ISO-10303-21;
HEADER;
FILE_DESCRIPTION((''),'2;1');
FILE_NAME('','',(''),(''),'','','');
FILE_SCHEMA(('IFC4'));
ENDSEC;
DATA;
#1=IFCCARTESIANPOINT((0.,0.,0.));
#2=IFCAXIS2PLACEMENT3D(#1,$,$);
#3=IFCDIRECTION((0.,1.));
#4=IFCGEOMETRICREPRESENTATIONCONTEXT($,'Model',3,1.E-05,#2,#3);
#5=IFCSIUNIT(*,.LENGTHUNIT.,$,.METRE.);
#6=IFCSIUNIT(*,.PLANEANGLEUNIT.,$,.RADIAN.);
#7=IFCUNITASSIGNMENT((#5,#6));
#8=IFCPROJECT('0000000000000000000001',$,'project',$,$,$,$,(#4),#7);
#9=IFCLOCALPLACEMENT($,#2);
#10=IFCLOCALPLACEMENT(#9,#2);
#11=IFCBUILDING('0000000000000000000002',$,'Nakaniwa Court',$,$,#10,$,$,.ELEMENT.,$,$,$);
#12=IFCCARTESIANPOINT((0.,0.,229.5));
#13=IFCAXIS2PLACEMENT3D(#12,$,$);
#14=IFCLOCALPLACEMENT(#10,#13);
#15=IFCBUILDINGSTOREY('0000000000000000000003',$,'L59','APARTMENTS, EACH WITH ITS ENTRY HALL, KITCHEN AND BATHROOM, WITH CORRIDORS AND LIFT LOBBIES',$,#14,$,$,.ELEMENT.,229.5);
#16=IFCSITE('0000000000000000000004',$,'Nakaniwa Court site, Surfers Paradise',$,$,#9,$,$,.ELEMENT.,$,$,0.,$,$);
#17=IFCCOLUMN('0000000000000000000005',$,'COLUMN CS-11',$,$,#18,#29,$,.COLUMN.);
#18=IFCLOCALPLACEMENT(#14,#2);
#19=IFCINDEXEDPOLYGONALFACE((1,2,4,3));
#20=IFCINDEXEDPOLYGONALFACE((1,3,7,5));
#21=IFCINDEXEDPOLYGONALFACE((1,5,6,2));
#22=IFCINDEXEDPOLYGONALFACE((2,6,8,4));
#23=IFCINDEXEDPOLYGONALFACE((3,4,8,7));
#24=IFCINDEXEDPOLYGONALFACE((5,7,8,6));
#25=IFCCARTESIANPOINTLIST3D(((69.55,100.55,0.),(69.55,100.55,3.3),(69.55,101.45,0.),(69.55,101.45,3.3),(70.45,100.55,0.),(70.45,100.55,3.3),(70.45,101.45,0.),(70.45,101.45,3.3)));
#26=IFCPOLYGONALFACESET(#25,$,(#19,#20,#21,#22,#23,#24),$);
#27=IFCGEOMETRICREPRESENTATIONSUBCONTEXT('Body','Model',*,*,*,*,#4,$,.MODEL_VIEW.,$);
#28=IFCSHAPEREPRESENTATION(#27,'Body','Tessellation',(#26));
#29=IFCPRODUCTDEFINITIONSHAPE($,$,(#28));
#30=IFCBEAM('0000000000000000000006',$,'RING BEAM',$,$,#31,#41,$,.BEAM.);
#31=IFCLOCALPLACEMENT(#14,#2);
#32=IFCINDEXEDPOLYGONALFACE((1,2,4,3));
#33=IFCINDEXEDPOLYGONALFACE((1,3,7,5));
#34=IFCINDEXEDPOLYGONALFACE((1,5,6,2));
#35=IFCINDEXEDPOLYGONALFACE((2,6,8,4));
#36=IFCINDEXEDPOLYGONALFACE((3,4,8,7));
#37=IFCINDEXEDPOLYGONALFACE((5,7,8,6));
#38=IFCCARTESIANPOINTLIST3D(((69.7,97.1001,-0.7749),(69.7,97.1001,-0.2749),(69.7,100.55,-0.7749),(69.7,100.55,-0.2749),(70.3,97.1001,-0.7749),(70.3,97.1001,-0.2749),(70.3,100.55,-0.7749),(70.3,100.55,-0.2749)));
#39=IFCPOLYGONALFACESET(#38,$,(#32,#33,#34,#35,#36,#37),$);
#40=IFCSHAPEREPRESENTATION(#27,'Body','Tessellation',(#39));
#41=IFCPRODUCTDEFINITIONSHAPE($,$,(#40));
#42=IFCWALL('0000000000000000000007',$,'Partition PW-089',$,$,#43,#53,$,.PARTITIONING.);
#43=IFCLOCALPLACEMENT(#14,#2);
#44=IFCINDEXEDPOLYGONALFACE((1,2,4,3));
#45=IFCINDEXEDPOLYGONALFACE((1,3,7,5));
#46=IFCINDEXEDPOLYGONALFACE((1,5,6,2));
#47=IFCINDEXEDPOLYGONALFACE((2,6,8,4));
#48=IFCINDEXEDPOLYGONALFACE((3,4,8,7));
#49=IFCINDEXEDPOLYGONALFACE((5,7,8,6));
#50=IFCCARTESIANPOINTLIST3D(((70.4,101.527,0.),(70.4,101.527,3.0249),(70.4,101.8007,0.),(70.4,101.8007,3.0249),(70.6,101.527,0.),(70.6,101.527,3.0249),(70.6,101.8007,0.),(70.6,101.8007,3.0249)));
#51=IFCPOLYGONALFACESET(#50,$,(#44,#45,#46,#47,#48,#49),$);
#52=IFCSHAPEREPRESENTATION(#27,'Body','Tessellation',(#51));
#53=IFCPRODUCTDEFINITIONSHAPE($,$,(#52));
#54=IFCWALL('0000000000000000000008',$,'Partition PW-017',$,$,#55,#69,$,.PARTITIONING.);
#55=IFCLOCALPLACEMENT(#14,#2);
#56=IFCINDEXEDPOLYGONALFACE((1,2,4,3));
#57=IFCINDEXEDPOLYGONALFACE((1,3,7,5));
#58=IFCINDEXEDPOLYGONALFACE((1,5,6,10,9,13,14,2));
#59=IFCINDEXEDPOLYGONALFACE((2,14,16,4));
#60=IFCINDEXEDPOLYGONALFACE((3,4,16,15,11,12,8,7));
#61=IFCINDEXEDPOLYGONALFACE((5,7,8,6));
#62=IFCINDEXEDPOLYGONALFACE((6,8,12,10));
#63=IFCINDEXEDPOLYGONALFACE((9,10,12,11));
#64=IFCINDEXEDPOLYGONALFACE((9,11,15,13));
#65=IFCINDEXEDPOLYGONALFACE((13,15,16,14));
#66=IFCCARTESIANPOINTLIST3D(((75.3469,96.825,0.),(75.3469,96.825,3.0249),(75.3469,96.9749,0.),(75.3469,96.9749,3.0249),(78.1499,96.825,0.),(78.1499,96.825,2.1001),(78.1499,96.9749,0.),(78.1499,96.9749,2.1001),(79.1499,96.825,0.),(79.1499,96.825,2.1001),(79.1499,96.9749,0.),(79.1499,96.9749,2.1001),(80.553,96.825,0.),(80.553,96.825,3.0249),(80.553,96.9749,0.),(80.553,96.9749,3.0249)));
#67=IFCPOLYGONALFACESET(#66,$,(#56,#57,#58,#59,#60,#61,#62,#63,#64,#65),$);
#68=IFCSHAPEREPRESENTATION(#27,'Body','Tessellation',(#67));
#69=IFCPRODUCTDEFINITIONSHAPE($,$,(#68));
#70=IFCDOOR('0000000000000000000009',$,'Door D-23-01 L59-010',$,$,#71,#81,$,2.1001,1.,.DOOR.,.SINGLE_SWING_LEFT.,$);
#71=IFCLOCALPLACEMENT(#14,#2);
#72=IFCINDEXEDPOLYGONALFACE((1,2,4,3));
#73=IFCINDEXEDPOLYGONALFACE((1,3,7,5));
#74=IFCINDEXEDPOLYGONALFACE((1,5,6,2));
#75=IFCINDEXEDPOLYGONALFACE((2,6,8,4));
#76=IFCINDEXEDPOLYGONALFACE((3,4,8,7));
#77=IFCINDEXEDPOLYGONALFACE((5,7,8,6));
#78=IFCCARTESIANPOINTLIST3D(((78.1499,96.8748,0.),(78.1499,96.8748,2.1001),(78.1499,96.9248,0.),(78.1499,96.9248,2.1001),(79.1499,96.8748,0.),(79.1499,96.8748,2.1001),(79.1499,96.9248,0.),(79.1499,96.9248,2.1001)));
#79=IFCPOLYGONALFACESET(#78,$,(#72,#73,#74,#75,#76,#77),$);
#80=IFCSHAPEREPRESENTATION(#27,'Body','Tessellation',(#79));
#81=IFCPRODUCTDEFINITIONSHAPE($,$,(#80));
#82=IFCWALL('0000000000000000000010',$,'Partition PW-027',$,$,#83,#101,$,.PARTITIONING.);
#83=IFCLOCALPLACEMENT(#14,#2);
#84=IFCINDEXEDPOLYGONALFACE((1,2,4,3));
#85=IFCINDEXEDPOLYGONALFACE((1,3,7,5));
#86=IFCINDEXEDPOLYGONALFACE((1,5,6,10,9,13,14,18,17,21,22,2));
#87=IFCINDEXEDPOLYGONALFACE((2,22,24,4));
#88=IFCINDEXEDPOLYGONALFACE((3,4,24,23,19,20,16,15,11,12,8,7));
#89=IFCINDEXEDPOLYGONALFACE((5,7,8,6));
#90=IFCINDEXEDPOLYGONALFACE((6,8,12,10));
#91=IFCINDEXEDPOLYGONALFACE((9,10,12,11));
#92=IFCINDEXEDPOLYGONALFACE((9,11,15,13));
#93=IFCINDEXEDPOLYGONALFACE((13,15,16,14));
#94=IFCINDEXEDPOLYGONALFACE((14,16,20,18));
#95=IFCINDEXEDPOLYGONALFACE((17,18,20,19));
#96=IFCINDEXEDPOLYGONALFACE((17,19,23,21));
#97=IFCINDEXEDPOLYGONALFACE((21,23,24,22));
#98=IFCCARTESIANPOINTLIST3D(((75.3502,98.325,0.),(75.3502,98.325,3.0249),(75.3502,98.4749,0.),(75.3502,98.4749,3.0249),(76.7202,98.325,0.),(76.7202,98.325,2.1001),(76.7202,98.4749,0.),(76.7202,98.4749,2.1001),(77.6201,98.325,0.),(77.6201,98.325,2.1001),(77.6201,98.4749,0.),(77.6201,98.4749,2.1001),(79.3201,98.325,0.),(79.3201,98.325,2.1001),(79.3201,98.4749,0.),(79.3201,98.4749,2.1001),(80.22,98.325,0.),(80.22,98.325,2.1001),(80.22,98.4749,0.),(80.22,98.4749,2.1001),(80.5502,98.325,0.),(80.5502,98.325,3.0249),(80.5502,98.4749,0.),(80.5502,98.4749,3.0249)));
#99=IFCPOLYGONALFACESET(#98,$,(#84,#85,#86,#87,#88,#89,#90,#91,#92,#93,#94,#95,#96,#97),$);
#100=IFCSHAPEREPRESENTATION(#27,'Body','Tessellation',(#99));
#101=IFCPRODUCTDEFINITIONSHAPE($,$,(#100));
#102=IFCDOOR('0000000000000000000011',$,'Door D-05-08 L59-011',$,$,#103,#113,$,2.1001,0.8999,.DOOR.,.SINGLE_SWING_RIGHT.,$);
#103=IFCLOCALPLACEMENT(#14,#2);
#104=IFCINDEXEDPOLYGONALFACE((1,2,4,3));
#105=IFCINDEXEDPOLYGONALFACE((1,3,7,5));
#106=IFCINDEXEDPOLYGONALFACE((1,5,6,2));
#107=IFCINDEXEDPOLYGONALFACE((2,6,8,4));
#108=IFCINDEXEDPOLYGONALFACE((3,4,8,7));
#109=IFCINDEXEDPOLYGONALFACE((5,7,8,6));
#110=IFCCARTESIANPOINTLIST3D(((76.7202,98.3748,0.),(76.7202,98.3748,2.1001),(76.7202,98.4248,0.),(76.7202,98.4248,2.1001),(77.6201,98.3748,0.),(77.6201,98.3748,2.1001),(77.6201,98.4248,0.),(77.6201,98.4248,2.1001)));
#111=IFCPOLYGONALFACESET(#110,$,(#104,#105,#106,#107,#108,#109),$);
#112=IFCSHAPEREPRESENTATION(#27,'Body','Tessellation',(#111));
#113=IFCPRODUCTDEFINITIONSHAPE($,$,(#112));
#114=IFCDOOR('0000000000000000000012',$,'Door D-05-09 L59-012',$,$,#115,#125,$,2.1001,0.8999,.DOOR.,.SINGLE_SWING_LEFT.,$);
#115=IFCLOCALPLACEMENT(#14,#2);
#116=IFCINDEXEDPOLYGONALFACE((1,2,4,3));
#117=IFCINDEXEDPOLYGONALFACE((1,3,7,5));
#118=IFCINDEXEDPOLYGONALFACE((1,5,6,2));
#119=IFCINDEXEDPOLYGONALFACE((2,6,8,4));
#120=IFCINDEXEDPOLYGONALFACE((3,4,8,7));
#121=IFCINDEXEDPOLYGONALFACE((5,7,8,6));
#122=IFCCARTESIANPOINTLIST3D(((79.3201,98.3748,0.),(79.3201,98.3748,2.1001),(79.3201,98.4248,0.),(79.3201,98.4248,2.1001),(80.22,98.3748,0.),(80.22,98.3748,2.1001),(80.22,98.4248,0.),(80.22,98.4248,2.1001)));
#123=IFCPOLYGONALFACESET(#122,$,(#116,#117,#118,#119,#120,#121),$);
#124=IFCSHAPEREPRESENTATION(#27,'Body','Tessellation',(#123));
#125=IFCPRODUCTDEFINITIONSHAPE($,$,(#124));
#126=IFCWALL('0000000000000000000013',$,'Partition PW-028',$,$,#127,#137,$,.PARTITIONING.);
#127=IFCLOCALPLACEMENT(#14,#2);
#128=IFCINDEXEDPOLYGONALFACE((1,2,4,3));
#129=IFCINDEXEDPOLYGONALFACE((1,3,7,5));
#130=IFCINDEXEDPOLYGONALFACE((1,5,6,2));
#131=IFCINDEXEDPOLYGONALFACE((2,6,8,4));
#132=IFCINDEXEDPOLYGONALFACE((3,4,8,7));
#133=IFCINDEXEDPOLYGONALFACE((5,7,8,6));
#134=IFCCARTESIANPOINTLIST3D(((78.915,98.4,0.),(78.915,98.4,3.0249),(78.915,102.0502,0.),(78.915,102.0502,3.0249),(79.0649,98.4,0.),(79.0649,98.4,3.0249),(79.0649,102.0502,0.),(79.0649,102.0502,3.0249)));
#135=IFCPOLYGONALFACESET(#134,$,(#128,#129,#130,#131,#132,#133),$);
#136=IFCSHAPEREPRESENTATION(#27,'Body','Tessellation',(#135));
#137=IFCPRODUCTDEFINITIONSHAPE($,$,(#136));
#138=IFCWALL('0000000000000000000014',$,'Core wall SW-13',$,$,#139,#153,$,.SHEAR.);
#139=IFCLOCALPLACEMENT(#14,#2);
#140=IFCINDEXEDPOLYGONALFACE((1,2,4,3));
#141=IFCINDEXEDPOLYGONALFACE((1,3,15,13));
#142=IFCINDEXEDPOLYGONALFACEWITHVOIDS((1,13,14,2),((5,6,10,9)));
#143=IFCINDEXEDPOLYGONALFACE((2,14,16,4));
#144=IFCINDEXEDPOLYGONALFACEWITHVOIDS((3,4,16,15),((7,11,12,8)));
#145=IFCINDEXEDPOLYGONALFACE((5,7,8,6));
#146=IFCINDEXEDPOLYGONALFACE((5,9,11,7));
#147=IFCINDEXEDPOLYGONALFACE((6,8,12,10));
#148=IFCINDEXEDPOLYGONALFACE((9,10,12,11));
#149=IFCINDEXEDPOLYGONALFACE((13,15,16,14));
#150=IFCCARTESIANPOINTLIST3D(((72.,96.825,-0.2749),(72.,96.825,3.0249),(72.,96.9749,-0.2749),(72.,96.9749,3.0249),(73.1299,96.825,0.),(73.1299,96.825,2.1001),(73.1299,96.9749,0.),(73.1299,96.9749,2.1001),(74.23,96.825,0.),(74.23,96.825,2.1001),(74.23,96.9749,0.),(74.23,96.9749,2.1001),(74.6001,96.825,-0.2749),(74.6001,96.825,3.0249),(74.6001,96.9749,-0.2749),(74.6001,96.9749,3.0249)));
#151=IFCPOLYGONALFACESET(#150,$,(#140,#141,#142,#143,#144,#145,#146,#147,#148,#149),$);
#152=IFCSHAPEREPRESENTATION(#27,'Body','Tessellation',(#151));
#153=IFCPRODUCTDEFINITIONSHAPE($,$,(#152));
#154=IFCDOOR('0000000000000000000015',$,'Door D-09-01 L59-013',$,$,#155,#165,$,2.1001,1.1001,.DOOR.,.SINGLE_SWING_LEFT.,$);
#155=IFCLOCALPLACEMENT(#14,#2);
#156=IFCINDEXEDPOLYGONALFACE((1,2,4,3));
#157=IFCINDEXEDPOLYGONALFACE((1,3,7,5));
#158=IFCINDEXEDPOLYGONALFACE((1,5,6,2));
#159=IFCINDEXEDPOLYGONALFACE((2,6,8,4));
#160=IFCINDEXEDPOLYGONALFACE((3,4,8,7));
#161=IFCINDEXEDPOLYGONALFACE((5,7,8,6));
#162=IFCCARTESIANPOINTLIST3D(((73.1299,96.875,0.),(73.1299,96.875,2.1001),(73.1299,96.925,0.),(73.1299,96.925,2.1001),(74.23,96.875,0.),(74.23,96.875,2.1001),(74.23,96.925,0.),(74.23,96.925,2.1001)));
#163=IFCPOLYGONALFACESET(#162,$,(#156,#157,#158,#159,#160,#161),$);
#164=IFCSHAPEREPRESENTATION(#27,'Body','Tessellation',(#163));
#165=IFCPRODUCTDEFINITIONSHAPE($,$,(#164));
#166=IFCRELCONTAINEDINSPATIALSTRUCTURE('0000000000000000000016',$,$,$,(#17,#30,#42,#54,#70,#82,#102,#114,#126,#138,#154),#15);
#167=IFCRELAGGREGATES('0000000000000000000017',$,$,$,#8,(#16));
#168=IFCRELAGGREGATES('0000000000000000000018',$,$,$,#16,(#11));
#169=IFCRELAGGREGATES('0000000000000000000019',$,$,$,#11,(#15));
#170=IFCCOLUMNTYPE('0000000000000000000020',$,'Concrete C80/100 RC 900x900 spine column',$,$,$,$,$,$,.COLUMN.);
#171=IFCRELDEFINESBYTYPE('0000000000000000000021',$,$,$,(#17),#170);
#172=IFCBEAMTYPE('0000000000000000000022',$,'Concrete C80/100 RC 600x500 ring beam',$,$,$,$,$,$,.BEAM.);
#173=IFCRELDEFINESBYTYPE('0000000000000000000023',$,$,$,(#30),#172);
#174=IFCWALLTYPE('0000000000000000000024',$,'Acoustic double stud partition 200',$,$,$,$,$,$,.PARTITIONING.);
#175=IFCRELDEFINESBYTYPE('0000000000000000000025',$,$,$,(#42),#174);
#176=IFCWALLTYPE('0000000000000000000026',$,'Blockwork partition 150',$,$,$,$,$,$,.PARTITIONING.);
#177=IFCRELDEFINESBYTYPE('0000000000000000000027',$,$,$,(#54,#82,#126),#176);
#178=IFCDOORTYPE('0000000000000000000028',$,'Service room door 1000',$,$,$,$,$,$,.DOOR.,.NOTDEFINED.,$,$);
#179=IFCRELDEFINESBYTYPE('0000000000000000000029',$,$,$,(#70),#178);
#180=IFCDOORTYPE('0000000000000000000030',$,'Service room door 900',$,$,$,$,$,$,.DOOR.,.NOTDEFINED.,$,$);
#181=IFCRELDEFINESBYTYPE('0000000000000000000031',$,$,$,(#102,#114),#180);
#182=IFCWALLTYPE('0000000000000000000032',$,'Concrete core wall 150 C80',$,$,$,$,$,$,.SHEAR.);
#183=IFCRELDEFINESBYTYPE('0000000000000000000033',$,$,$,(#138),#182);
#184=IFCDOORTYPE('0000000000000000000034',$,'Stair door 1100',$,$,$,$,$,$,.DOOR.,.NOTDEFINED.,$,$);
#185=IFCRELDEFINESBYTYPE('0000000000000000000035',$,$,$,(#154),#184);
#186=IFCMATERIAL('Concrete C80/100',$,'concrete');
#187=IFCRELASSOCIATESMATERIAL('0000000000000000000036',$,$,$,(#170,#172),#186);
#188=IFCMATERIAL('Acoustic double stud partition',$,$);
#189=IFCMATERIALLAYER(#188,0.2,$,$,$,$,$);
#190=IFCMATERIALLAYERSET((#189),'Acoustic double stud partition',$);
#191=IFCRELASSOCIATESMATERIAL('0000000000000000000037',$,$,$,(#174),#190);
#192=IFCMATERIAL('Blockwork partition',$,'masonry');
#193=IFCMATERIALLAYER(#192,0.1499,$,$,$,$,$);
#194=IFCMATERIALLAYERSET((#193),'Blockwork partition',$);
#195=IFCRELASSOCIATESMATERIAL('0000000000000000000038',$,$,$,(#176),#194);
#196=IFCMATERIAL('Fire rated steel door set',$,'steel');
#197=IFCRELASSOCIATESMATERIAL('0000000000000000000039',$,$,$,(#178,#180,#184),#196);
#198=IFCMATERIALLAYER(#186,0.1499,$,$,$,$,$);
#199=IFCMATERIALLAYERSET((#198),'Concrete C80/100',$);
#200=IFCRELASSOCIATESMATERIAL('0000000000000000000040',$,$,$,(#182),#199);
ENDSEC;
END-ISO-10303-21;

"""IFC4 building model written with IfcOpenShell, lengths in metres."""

from ifc_helpers import new_model, si_unit, direction, frame, frame_2d, origin, origin_2d, place, context, subcontext, project, spatial, rectangle, extrude, material, layer, layer_set, material_profile, profile_set, type_object, element, fill, save


model = new_model("IFC4")

# Units and contexts
model_context = context("Model", 3, precision=1e-05, world=origin(), true_north=direction((0.0, 1.0)))
body_context = subcontext(model_context, "Body", "Model", "MODEL_VIEW")
ifc_project = project(units=[si_unit("LENGTHUNIT", "METRE"), si_unit("PLANEANGLEUNIT", "RADIAN")], contexts=[model_context])

# Site, building, storey
site_placement = place(None, origin())
site = spatial("IfcSite", under=ifc_project, at=site_placement, Name="Nakaniwa Court site, Surfers Paradise", CompositionType="ELEMENT", RefElevation=0.0)
building_placement = place(site_placement, origin())
building = spatial("IfcBuilding", under=site, at=building_placement, Name="Nakaniwa Court", CompositionType="ELEMENT")
storey_placement = place(building_placement, frame((0.0, 0.0, 229.5)))
storey = spatial("IfcBuildingStorey", under=building, at=storey_placement, Name="L59", Description="APARTMENTS, EACH WITH ITS ENTRY HALL, KITCHEN AND BATHROOM, WITH CORRIDORS AND LIFT LOBBIES", CompositionType="ELEMENT", Elevation=229.5)

# Column
ifc_material_1 = material(Name="Concrete C80/100", Category="concrete")
ifc_material_profile_1 = material_profile(ifc_material_1, rectangle(XDim=0.8999, YDim=0.8999, at=origin_2d()), Name="Concrete C80/100 RC 900x900 spine column")
ifc_profile_set_1 = profile_set([ifc_material_profile_1], Name="Concrete C80/100")
column_type = type_object("IfcColumnType", Name="Concrete C80/100 RC 900x900 spine column", PredefinedType="COLUMN", material=ifc_profile_set_1)
column_placement = place(storey_placement, frame((70.0, 101.0, 0.0), z_axis=(0.0, 0.0, 1.0), x_axis=(0.0, -1.0, 0.0)))
element("IfcColumn", 1, at=column_placement, inside=storey, type_object=column_type, Name="COLUMN CS-11", PredefinedType="COLUMN", context=body_context, shape_type="SweptSolid", body=[
    extrude(rectangle(XDim=0.8999, YDim=0.8999, at=origin_2d()), origin(), (0.0, 0.0, 1.0), 3.3),
])

# Beam
ifc_material_profile_2 = material_profile(ifc_material_1, rectangle(XDim=0.6001, YDim=0.5, at=origin_2d()), Name="Concrete C80/100 RC 600x500 ring beam")
ifc_profile_set_2 = profile_set([ifc_material_profile_2], Name="Concrete C80/100")
beam_type = type_object("IfcBeamType", Name="Concrete C80/100 RC 600x500 ring beam", PredefinedType="BEAM", material=ifc_profile_set_2)
beam_placement = place(storey_placement, frame((70.0, 100.55, -0.5249), z_axis=(0.0, -1.0, 0.0), x_axis=(1.0, 0.0, 0.0)))
element("IfcBeam", 2, at=beam_placement, inside=storey, type_object=beam_type, Name="RING BEAM", PredefinedType="BEAM", context=body_context, shape_type="SweptSolid", body=[
    extrude(rectangle(XDim=0.6001, YDim=0.5, at=origin_2d()), origin(), (0.0, 0.0, 1.0), 3.45),
])

# Wall
ifc_material_2 = material(Name="Acoustic double stud partition")
ifc_layer_1 = layer(ifc_material_2, 0.2)
ifc_layer_set_1 = layer_set([ifc_layer_1], Name="Acoustic double stud partition")
wall_type_1 = type_object("IfcWallType", Name="Acoustic double stud partition 200", PredefinedType="PARTITIONING", material=ifc_layer_set_1)
wall_1_placement = place(storey_placement, frame((70.5, 101.5271, 0.0), z_axis=(0.0, 0.0, 1.0), x_axis=(0.0, 1.0, 0.0)))
element("IfcWall", 3, at=wall_1_placement, inside=storey, type_object=wall_type_1, Name="Partition PW-089", PredefinedType="PARTITIONING", context=body_context, shape_type="SweptSolid", body=[
    extrude(rectangle(XDim=0.2737, YDim=0.2, at=frame_2d((0.1367, 0.0))), origin(), (0.0, 0.0, 1.0), 3.0249),
])

# Wall, opening, door
ifc_material_3 = material(Name="Blockwork partition", Category="masonry")
ifc_layer_2 = layer(ifc_material_3, 0.1499)
ifc_layer_set_2 = layer_set([ifc_layer_2], Name="Blockwork partition")
wall_type_2 = type_object("IfcWallType", Name="Blockwork partition 150", PredefinedType="PARTITIONING", material=ifc_layer_set_2)
wall_2_placement = place(storey_placement, frame((75.3469, 96.8999, 0.0), z_axis=(0.0, 0.0, 1.0), x_axis=(1.0, 0.0, 0.0)))
wall_2 = element("IfcWall", 4, at=wall_2_placement, inside=storey, type_object=wall_type_2, Name="Partition PW-017", PredefinedType="PARTITIONING", context=body_context, shape_type="SweptSolid", body=[
    extrude(rectangle(XDim=5.2061, YDim=0.1499, at=frame_2d((2.603, 0.0))), origin(), (0.0, 0.0, 1.0), 3.0249),
])
opening_1_placement = place(wall_2_placement, frame((2.803, 0.0, 0.0)))
opening_1 = element("IfcOpeningElement", 5, at=opening_1_placement, cuts=wall_2, PredefinedType="OPENING", context=body_context, shape_type="SweptSolid", body=[
    extrude(rectangle(XDim=1.0, YDim=2.1001, at=frame_2d((0.5, 1.05))), frame((0.0, 0.085, 0.0), z_axis=(0.0, -1.0, 0.0), x_axis=(1.0, 0.0, 0.0)), (0.0, 0.0, 1.0), 0.1699),
])
ifc_material_4 = material(Name="Fire rated steel door set", Category="steel")
door_type_1 = type_object("IfcDoorType", Name="Service room door 1000", OperationType="NOTDEFINED", PredefinedType="DOOR", material=ifc_material_4)
door_1_placement = place(opening_1_placement, origin())
door_1 = element("IfcDoor", 6, at=door_1_placement, inside=storey, type_object=door_type_1, Name="Door D-23-01 L59-010", OperationType="SINGLE_SWING_LEFT", OverallHeight=2.1001, OverallWidth=1.0, PredefinedType="DOOR", context=body_context, shape_type="SweptSolid", body=[
    extrude(rectangle(XDim=1.0, YDim=2.1001, at=frame_2d((0.5, 1.05))), frame((0.0, 0.0249, 0.0), z_axis=(0.0, -1.0, 0.0), x_axis=(1.0, 0.0, 0.0)), (0.0, 0.0, 1.0), 0.05),
])
fill(opening_1, door_1)

# Wall, openings, doors
wall_3_placement = place(storey_placement, frame((75.3501, 98.3999, 0.0), z_axis=(0.0, 0.0, 1.0), x_axis=(1.0, 0.0, 0.0)))
wall_3 = element("IfcWall", 7, at=wall_3_placement, inside=storey, type_object=wall_type_2, Name="Partition PW-027", PredefinedType="PARTITIONING", context=body_context, shape_type="SweptSolid", body=[
    extrude(rectangle(XDim=5.2, YDim=0.1499, at=frame_2d((2.6001, 0.0))), origin(), (0.0, 0.0, 1.0), 3.0249),
])
opening_2_placement = place(wall_3_placement, frame((1.3701, 0.0, 0.0)))
opening_2 = element("IfcOpeningElement", 8, at=opening_2_placement, cuts=wall_3, PredefinedType="OPENING", context=body_context, shape_type="SweptSolid", body=[
    extrude(rectangle(XDim=0.8999, YDim=2.1001, at=frame_2d((0.45, 1.05))), frame((0.0, 0.085, 0.0), z_axis=(0.0, -1.0, 0.0), x_axis=(1.0, 0.0, 0.0)), (0.0, 0.0, 1.0), 0.1699),
])
opening_3_placement = place(wall_3_placement, frame((3.97, 0.0, 0.0)))
opening_3 = element("IfcOpeningElement", 9, at=opening_3_placement, cuts=wall_3, PredefinedType="OPENING", context=body_context, shape_type="SweptSolid", body=[
    extrude(rectangle(XDim=0.8999, YDim=2.1001, at=frame_2d((0.45, 1.05))), frame((0.0, 0.085, 0.0), z_axis=(0.0, -1.0, 0.0), x_axis=(1.0, 0.0, 0.0)), (0.0, 0.0, 1.0), 0.1699),
])
door_type_2 = type_object("IfcDoorType", Name="Service room door 900", OperationType="NOTDEFINED", PredefinedType="DOOR", material=ifc_material_4)
door_2_placement = place(opening_2_placement, origin())
door_2 = element("IfcDoor", 10, at=door_2_placement, inside=storey, type_object=door_type_2, Name="Door D-05-08 L59-011", OperationType="SINGLE_SWING_RIGHT", OverallHeight=2.1001, OverallWidth=0.8999, PredefinedType="DOOR", context=body_context, shape_type="SweptSolid", body=[
    extrude(rectangle(XDim=0.8999, YDim=2.1001, at=frame_2d((0.45, 1.05))), frame((0.0, 0.0249, 0.0), z_axis=(0.0, -1.0, 0.0), x_axis=(1.0, 0.0, 0.0)), (0.0, 0.0, 1.0), 0.05),
])
fill(opening_2, door_2)
door_3_placement = place(opening_3_placement, origin())
door_3 = element("IfcDoor", 11, at=door_3_placement, inside=storey, type_object=door_type_2, Name="Door D-05-09 L59-012", OperationType="SINGLE_SWING_LEFT", OverallHeight=2.1001, OverallWidth=0.8999, PredefinedType="DOOR", context=body_context, shape_type="SweptSolid", body=[
    extrude(rectangle(XDim=0.8999, YDim=2.1001, at=frame_2d((0.45, 1.05))), frame((0.0, 0.0249, 0.0), z_axis=(0.0, -1.0, 0.0), x_axis=(1.0, 0.0, 0.0)), (0.0, 0.0, 1.0), 0.05),
])
fill(opening_3, door_3)

# Wall
wall_4_placement = place(storey_placement, frame((78.99, 98.3999, 0.0), z_axis=(0.0, 0.0, 1.0), x_axis=(0.0, 1.0, 0.0)))
element("IfcWall", 12, at=wall_4_placement, inside=storey, type_object=wall_type_2, Name="Partition PW-028", PredefinedType="PARTITIONING", context=body_context, shape_type="SweptSolid", body=[
    extrude(rectangle(XDim=3.6501, YDim=0.1499, at=frame_2d((1.8252, 0.0))), origin(), (0.0, 0.0, 1.0), 3.0249),
])

# Wall, opening, door
ifc_layer_3 = layer(ifc_material_1, 0.1499)
ifc_layer_set_3 = layer_set([ifc_layer_3], Name="Concrete C80/100")
wall_type_3 = type_object("IfcWallType", Name="Concrete core wall 150 C80", PredefinedType="SHEAR", material=ifc_layer_set_3)
wall_5_placement = place(storey_placement, frame((74.6001, 96.8999, -0.2749), z_axis=(0.0, 0.0, 1.0), x_axis=(-1.0, 0.0, 0.0)))
wall_5 = element("IfcWall", 13, at=wall_5_placement, inside=storey, type_object=wall_type_3, Name="Core wall SW-13", PredefinedType="SHEAR", context=body_context, shape_type="SweptSolid", body=[
    extrude(rectangle(XDim=2.6001, YDim=0.1499, at=frame_2d((1.3, 0.0))), origin(), (0.0, 0.0, 1.0), 3.2998),
])
opening_4_placement = place(wall_5_placement, frame((0.3701, 0.0, 0.2749)))
opening_4 = element("IfcOpeningElement", 14, at=opening_4_placement, cuts=wall_5, PredefinedType="OPENING", context=body_context, shape_type="SweptSolid", body=[
    extrude(rectangle(XDim=1.1001, YDim=2.1001, at=frame_2d((0.55, 1.05))), frame((0.0, 0.085, 0.0), z_axis=(0.0, -1.0, 0.0), x_axis=(1.0, 0.0, 0.0)), (0.0, 0.0, 1.0), 0.1699),
])
door_type_3 = type_object("IfcDoorType", Name="Stair door 1100", OperationType="NOTDEFINED", PredefinedType="DOOR", material=ifc_material_4)
door_4_placement = place(opening_4_placement, origin())
door_4 = element("IfcDoor", 15, at=door_4_placement, inside=storey, type_object=door_type_3, Name="Door D-09-01 L59-013", OperationType="SINGLE_SWING_LEFT", OverallHeight=2.1001, OverallWidth=1.1001, PredefinedType="DOOR", context=body_context, shape_type="SweptSolid", body=[
    extrude(rectangle(XDim=1.1001, YDim=2.1001, at=frame_2d((0.55, 1.05))), frame((0.0, 0.0249, 0.0), z_axis=(0.0, -1.0, 0.0), x_axis=(1.0, 0.0, 0.0)), (0.0, 0.0, 1.0), 0.05),
])
fill(opening_4, door_4)

save(model, "model.ifc")
